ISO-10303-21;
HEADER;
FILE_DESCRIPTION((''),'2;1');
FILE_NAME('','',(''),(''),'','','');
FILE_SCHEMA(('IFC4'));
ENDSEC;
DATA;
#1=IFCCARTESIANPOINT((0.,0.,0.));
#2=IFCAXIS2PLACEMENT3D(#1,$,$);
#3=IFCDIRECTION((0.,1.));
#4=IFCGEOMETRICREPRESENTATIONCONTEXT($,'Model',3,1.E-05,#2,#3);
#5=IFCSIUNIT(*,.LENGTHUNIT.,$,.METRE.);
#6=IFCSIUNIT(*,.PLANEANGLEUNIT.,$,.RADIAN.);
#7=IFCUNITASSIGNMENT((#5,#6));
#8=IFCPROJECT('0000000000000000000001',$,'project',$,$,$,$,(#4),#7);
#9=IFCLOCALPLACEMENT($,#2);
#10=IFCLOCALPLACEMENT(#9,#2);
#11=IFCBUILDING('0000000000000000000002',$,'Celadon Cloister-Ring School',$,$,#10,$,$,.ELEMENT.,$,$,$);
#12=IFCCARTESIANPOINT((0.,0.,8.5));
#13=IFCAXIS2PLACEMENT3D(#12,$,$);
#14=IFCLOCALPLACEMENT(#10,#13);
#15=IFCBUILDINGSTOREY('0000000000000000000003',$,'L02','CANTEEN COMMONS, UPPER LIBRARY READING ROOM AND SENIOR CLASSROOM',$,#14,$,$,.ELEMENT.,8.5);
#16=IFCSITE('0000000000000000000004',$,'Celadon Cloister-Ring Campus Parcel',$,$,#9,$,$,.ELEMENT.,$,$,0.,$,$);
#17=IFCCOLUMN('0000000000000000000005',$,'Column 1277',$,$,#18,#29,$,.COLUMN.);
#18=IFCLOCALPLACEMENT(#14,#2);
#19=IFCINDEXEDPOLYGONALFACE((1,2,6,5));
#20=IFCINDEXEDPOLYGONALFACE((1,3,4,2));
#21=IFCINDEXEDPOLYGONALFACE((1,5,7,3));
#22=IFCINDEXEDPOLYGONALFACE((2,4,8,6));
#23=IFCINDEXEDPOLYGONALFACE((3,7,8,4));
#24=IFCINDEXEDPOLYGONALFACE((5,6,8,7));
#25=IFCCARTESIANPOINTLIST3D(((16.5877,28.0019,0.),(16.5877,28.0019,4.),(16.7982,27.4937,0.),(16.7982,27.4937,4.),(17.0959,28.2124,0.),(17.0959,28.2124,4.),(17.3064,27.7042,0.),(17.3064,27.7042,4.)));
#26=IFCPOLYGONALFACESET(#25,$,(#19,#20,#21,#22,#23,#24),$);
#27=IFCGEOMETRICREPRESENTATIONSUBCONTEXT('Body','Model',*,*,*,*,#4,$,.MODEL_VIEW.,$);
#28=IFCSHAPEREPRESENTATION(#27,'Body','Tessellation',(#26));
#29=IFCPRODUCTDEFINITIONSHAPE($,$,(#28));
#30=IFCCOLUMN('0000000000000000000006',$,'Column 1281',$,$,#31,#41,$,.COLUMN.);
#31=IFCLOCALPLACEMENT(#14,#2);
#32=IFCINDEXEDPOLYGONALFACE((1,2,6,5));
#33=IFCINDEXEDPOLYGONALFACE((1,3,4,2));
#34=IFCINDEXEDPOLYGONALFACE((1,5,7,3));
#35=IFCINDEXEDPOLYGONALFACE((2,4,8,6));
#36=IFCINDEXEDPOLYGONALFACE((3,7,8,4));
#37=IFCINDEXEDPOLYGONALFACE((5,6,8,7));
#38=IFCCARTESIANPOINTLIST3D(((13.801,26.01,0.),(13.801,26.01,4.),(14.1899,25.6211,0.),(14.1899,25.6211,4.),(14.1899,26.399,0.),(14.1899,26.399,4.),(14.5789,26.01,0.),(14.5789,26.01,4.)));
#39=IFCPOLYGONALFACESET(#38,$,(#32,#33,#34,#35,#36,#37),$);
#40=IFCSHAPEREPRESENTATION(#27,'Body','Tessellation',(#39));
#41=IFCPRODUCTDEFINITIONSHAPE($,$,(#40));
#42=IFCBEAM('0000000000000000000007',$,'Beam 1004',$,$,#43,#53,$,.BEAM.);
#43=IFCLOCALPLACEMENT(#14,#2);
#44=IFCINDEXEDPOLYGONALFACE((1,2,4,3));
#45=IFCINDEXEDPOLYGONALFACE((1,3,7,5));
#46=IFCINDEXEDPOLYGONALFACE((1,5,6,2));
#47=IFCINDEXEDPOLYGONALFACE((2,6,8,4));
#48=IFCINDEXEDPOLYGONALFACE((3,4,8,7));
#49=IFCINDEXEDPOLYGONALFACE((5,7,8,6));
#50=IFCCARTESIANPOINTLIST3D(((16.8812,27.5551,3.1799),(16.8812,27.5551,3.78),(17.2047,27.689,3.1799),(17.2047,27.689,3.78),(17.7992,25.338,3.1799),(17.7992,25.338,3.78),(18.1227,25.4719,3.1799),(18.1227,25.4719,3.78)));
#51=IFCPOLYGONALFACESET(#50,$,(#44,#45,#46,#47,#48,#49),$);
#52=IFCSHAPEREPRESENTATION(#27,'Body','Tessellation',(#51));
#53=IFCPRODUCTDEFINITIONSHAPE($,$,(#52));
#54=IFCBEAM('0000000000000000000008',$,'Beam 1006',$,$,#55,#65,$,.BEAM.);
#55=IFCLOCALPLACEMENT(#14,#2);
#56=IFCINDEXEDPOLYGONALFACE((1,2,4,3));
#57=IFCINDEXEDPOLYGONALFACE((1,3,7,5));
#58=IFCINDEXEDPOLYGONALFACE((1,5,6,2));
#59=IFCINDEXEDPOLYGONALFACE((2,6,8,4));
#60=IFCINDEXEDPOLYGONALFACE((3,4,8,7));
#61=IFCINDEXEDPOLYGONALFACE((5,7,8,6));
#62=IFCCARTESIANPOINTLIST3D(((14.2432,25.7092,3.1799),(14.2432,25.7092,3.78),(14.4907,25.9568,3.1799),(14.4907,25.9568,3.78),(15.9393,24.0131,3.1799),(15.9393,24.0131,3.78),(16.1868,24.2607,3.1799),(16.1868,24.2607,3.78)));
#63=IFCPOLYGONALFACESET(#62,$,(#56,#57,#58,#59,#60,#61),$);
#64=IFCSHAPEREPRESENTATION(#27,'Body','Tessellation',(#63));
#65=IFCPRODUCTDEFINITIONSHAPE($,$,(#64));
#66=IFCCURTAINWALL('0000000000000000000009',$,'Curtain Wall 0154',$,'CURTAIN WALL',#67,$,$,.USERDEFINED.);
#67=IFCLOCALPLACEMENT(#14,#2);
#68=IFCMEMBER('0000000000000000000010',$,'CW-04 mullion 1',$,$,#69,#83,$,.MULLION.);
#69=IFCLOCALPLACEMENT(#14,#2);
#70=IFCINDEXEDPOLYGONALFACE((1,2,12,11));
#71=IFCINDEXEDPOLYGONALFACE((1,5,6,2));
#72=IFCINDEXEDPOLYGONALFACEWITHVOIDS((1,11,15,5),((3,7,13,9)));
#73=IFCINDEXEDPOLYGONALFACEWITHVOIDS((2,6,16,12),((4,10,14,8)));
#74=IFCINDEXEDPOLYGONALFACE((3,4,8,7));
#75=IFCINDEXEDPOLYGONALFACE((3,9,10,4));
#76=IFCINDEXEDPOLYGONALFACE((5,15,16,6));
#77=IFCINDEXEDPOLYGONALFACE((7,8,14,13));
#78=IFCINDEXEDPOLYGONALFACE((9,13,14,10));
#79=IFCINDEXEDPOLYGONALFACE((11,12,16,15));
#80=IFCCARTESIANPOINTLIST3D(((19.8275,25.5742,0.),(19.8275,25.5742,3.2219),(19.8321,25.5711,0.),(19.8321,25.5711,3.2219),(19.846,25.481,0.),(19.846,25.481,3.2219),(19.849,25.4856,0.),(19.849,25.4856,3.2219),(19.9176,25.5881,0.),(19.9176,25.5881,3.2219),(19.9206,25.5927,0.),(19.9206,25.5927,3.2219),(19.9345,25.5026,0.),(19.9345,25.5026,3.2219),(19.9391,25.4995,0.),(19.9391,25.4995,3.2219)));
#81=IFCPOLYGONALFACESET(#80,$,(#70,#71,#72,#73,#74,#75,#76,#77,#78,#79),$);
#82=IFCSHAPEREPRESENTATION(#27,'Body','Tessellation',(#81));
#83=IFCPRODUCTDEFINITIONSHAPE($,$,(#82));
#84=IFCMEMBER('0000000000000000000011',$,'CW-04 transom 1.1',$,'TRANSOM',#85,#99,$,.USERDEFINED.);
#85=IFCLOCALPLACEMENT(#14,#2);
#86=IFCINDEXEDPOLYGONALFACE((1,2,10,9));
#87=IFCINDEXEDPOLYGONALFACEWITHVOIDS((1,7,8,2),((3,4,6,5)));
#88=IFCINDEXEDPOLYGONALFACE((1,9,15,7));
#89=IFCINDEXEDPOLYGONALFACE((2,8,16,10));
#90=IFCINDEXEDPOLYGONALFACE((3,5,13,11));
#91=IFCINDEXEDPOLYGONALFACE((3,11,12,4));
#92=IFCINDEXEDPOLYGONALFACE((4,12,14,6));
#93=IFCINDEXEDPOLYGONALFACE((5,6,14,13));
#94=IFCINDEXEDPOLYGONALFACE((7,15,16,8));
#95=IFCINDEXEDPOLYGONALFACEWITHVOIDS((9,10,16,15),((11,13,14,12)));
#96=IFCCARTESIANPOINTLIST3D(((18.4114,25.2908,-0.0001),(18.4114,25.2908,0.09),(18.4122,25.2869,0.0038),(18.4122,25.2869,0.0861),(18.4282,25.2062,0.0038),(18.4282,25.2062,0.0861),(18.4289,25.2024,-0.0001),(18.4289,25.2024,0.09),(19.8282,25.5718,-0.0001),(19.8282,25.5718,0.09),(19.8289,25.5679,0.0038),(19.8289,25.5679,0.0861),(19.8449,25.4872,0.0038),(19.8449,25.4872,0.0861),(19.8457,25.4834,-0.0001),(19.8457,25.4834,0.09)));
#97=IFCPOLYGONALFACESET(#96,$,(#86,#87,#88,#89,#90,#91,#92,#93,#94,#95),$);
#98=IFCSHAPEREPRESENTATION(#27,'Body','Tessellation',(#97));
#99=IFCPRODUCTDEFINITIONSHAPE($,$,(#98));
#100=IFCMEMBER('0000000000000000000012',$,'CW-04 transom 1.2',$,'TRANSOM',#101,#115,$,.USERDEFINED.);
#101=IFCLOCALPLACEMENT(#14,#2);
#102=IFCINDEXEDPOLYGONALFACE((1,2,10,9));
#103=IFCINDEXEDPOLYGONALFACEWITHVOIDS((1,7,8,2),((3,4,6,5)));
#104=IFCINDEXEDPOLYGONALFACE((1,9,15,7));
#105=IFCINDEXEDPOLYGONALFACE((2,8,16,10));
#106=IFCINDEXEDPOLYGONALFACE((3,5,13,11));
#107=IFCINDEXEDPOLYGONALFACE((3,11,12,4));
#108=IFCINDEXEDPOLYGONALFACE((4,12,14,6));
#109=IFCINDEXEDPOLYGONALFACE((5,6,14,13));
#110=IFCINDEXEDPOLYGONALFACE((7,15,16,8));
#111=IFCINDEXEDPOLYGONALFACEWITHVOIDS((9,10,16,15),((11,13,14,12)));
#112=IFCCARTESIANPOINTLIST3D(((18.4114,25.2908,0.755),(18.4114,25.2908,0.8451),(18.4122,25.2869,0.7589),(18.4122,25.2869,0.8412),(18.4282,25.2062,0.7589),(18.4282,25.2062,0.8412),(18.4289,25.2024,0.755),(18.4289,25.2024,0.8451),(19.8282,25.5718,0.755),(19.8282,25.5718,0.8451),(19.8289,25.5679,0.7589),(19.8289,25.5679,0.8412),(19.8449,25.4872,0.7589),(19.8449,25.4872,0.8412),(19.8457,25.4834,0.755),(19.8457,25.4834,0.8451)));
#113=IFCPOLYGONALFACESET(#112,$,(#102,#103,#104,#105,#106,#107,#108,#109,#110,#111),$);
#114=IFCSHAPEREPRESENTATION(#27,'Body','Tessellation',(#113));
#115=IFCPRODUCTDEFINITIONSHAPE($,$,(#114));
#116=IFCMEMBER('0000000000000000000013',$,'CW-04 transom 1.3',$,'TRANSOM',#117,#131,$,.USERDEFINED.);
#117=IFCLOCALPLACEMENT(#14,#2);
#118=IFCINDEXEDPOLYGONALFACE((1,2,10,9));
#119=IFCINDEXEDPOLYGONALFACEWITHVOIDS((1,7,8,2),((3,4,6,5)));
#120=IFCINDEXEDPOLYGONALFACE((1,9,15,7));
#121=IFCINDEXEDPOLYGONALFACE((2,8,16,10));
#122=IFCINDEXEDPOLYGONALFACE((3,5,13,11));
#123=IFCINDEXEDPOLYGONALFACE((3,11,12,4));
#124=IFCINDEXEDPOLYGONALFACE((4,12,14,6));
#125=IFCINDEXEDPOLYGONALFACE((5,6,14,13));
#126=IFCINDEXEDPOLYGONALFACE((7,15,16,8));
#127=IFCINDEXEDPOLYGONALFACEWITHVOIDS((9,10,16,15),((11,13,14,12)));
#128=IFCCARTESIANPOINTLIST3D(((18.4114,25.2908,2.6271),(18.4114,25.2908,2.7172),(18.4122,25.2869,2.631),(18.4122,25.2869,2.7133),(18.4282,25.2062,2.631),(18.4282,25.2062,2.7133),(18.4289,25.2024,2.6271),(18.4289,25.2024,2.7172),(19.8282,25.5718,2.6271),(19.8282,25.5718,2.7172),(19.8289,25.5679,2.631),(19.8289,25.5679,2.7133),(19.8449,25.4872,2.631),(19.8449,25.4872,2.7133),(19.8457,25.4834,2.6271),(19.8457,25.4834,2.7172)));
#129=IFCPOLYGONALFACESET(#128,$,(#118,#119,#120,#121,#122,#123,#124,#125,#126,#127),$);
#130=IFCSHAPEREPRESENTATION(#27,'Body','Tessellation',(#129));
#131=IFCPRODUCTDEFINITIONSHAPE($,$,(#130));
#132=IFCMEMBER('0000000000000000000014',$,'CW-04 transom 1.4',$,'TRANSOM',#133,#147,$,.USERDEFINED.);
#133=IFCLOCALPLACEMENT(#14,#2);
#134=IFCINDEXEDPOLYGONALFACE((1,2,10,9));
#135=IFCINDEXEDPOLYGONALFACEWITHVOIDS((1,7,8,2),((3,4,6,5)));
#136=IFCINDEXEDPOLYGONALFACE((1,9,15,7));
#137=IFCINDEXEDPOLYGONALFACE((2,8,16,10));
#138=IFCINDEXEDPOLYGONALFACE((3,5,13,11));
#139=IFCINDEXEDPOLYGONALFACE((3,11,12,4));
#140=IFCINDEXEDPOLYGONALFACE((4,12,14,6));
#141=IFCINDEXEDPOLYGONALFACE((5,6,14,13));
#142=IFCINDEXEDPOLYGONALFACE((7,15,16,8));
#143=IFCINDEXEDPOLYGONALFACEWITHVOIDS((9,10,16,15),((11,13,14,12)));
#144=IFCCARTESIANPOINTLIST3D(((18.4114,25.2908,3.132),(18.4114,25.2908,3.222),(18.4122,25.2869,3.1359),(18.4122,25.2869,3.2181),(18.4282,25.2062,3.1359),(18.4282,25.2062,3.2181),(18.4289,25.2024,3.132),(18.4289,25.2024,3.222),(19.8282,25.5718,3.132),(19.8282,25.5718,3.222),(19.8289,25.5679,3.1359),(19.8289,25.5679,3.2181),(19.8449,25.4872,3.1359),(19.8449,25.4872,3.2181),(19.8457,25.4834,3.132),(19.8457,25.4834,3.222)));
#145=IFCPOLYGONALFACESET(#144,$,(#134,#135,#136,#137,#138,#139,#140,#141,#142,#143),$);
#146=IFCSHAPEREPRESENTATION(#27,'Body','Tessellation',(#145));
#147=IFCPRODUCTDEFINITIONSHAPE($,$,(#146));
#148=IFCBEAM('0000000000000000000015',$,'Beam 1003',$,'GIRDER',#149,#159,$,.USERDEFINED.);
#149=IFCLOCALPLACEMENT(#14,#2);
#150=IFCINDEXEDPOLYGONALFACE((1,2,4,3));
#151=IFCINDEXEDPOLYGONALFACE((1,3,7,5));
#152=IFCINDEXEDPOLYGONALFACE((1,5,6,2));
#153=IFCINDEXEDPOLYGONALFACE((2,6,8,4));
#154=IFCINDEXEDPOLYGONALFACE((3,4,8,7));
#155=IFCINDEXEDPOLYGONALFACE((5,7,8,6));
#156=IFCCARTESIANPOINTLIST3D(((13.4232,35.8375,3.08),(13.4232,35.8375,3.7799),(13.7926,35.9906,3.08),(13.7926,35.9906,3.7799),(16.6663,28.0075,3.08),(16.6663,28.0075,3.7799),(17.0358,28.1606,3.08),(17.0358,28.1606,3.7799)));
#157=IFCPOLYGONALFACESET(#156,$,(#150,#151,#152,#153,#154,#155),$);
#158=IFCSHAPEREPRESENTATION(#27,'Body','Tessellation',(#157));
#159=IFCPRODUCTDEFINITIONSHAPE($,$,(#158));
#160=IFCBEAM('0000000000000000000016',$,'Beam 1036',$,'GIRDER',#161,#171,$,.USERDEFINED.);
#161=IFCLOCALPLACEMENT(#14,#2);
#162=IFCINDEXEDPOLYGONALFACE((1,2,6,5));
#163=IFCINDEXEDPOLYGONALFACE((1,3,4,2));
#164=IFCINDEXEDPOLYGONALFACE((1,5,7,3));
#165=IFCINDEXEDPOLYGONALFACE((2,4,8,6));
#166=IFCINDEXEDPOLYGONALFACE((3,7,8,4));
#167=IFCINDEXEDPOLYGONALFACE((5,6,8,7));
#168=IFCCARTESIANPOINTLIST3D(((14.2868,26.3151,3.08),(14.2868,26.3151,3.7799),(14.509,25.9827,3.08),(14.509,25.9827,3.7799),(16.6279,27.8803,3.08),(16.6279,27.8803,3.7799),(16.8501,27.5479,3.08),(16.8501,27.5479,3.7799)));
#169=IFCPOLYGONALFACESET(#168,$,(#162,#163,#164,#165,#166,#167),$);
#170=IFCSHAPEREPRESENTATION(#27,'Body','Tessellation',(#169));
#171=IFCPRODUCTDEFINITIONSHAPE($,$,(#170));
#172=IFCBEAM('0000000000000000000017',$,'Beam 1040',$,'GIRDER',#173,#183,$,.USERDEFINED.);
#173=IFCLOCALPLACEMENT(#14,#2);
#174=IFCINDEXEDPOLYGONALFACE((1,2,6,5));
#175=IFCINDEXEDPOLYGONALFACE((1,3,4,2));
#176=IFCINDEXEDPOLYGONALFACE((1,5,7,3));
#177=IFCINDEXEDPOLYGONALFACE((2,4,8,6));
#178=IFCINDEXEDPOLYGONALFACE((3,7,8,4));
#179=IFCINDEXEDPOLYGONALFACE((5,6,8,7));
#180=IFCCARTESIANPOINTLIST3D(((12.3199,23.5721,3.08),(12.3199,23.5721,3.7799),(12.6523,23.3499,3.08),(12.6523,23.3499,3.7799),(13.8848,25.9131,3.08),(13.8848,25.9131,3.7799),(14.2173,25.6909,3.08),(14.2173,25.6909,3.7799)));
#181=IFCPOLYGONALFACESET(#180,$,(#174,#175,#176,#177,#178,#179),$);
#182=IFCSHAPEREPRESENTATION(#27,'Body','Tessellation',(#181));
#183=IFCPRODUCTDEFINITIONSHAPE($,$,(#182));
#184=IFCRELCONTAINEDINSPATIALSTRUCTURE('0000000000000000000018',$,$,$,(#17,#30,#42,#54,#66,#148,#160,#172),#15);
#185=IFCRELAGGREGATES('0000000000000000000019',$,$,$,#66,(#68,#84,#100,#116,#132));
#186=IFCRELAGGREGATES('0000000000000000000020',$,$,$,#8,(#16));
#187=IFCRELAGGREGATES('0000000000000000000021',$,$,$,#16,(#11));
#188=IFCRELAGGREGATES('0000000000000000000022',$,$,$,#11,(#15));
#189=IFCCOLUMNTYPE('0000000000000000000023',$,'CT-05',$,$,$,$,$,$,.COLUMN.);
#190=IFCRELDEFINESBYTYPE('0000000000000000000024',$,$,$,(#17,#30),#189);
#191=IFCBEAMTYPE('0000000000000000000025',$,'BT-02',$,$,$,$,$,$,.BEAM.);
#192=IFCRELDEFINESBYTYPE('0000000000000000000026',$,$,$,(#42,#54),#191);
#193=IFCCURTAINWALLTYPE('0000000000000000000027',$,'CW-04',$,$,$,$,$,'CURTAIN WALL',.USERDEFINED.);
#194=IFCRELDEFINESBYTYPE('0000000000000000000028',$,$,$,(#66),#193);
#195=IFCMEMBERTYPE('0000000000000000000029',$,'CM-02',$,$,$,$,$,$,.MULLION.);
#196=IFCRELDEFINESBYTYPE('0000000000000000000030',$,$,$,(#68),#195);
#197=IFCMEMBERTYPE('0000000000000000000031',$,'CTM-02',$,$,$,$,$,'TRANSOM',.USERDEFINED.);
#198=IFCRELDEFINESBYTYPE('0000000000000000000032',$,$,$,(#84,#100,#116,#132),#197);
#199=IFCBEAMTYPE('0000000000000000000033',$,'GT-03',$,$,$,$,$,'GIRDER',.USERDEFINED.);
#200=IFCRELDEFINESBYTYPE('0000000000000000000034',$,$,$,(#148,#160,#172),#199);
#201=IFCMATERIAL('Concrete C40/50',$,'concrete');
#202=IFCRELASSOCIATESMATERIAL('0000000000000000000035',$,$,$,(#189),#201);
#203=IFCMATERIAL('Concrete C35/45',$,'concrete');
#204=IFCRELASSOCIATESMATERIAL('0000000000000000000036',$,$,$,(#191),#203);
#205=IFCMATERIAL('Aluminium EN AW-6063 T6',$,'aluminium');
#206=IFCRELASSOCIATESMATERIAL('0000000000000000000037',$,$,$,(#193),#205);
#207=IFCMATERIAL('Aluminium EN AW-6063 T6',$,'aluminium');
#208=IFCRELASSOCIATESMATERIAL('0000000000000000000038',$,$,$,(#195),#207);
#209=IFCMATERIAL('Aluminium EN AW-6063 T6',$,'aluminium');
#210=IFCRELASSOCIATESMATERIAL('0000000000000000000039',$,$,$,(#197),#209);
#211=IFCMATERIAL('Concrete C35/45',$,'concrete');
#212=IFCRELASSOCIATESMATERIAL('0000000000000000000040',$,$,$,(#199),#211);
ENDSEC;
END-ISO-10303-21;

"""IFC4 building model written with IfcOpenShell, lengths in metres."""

from ifc_helpers import new_model, si_unit, direction, frame, origin, origin_2d, place, context, subcontext, project, spatial, rectangle, hollow_rectangle, extrude, material, material_profile, profile_set, type_object, element, aggregate, save


model = new_model("IFC4")

# Units and contexts
model_context = context("Model", 3, precision=1e-05, world=origin(), true_north=direction((0.0, 1.0)))
body_context = subcontext(model_context, "Body", "Model", "MODEL_VIEW")
ifc_project = project(units=[si_unit("LENGTHUNIT", "METRE"), si_unit("PLANEANGLEUNIT", "RADIAN")], contexts=[model_context])

# Site, building, storey
site_placement = place(None, origin())
site = spatial("IfcSite", under=ifc_project, at=site_placement, Name="Celadon Cloister-Ring Campus Parcel", CompositionType="ELEMENT", RefElevation=0.0)
building_placement = place(site_placement, origin())
building = spatial("IfcBuilding", under=site, at=building_placement, Name="Celadon Cloister-Ring School", CompositionType="ELEMENT")
storey_placement = place(building_placement, frame((0.0, 0.0, 8.5)))
storey = spatial("IfcBuildingStorey", under=building, at=storey_placement, Name="L02", Description="CANTEEN COMMONS, UPPER LIBRARY READING ROOM AND SENIOR CLASSROOM", CompositionType="ELEMENT", Elevation=8.5)

# Columns
ifc_material_1 = material(Name="Concrete C40/50", Category="concrete")
ifc_material_profile_1 = material_profile(ifc_material_1, rectangle(XDim=0.55, YDim=0.55, at=origin_2d()), Name="RC550X550")
ifc_profile_set_1 = profile_set([ifc_material_profile_1], Name="Concrete C40/50")
column_type = type_object("IfcColumnType", Name="CT-05", PredefinedType="COLUMN", material=ifc_profile_set_1)
for number, where, z_axis, x_axis, name in (
    (1, (16.947, 27.853, 0.0), (0.0, 0.0, 1.0), (-0.382683, 0.92388, 0.0), "Column 1277"),
    (2, (14.1899, 26.01, 0.0), (0.0, 0.0, 1.0), (-0.707107, 0.707107, 0.0), "Column 1281"),
):
    element("IfcColumn", number, at=place(storey_placement, frame(where, z_axis=z_axis, x_axis=x_axis)), inside=storey, type_object=column_type, Name=name, PredefinedType="COLUMN", context=body_context, shape_type="SweptSolid", body=[
        extrude(rectangle(XDim=0.55, YDim=0.55, at=origin_2d()), origin(), (0.0, 0.0, 1.0), 4.0),
    ])

# Beams
ifc_material_2 = material(Name="Concrete C35/45", Category="concrete")
ifc_material_profile_2 = material_profile(ifc_material_2, rectangle(XDim=0.3501, YDim=0.6001, at=origin_2d()), Name="RC350X600")
ifc_profile_set_2 = profile_set([ifc_material_profile_2], Name="Concrete C35/45")
beam_type_1 = type_object("IfcBeamType", Name="BT-02", PredefinedType="BEAM", material=ifc_profile_set_2)
beam_1_placement = place(storey_placement, frame((17.043, 27.6221, 3.48), z_axis=(0.382555, -0.923933, 0.0), x_axis=(0.923933, 0.382555, 0.0)))
element("IfcBeam", 3, at=beam_1_placement, inside=storey, type_object=beam_type_1, Name="Beam 1004", PredefinedType="BEAM", context=body_context, shape_type="SweptSolid", body=[
    extrude(rectangle(XDim=0.3501, YDim=0.6001, at=origin_2d()), origin(), (0.0, 0.0, 1.0), 2.3997),
])
beam_2_placement = place(storey_placement, frame((14.3669, 25.833, 3.48), z_axis=(0.707107, -0.707107, 0.0), x_axis=(0.707107, 0.707107, 0.0)))
element("IfcBeam", 4, at=beam_2_placement, inside=storey, type_object=beam_type_1, Name="Beam 1006", PredefinedType="BEAM", context=body_context, shape_type="SweptSolid", body=[
    extrude(rectangle(XDim=0.3501, YDim=0.6001, at=origin_2d()), origin(), (0.0, 0.0, 1.0), 2.3987),
])

# Curtain wall, members
ifc_material_3 = material(Name="Aluminium EN AW-6063 T6", Category="aluminium")
curtain_wall_type = type_object("IfcCurtainWallType", Name="CW-04", ElementType="CURTAIN WALL", PredefinedType="USERDEFINED", material=ifc_material_3)
curtain_wall_placement = place(storey_placement, origin())
curtain_wall = element("IfcCurtainWall", 5, at=curtain_wall_placement, inside=storey, type_object=curtain_wall_type, Name="Curtain Wall 0154", ObjectType="CURTAIN WALL", PredefinedType="USERDEFINED")
ifc_material_4 = material(Name="Aluminium EN AW-6063 T6", Category="aluminium")
ifc_material_profile_3 = material_profile(ifc_material_4, hollow_rectangle(XDim=0.095, YDim=0.095, WallThickness=0.0039, at=origin_2d()), Name="RHS95X95X4")
ifc_profile_set_3 = profile_set([ifc_material_profile_3], Name="Aluminium EN AW-6063 T6")
member_type_1 = type_object("IfcMemberType", Name="CM-02", PredefinedType="MULLION", material=ifc_profile_set_3)
member_1_placement = place(storey_placement, frame((19.8833, 25.5369, 0.0), z_axis=(0.0, 0.0, 1.0), x_axis=(0.194586, -0.980885, 0.0)))
member_1 = element("IfcMember", 6, at=member_1_placement, type_object=member_type_1, Name="CW-04 mullion 1", PredefinedType="MULLION", context=body_context, shape_type="SweptSolid", body=[
    extrude(hollow_rectangle(XDim=0.095, YDim=0.095, WallThickness=0.0039, at=origin_2d()), origin(), (0.0, 0.0, 1.0), 3.2219),
])
ifc_material_5 = material(Name="Aluminium EN AW-6063 T6", Category="aluminium")
ifc_material_profile_4 = material_profile(ifc_material_5, hollow_rectangle(XDim=0.0901, YDim=0.0901, WallThickness=0.0039, at=origin_2d()), Name="RHS90X90X4")
ifc_profile_set_4 = profile_set([ifc_material_profile_4], Name="Aluminium EN AW-6063 T6")
member_type_2 = type_object("IfcMemberType", Name="CTM-02", ElementType="TRANSOM", PredefinedType="USERDEFINED", material=ifc_profile_set_4)
member_2_placement = place(storey_placement, frame((19.8369, 25.5276, 0.0449), z_axis=(-0.980891, -0.194556, 0.0), x_axis=(0.194556, -0.980891, 0.0)))
member_2 = element("IfcMember", 7, at=member_2_placement, type_object=member_type_2, Name="CW-04 transom 1.1", ObjectType="TRANSOM", PredefinedType="USERDEFINED", context=body_context, shape_type="SweptSolid", body=[
    extrude(hollow_rectangle(XDim=0.0901, YDim=0.0901, WallThickness=0.0039, at=origin_2d()), origin(), (0.0, 0.0, 1.0), 1.4443),
])
member_3_placement = place(storey_placement, frame((19.8369, 25.5276, 0.8), z_axis=(-0.980891, -0.194556, 0.0), x_axis=(0.194556, -0.980891, 0.0)))
member_3 = element("IfcMember", 8, at=member_3_placement, type_object=member_type_2, Name="CW-04 transom 1.2", ObjectType="TRANSOM", PredefinedType="USERDEFINED", context=body_context, shape_type="SweptSolid", body=[
    extrude(hollow_rectangle(XDim=0.0901, YDim=0.0901, WallThickness=0.0039, at=origin_2d()), origin(), (0.0, 0.0, 1.0), 1.4443),
])
member_4_placement = place(storey_placement, frame((19.8369, 25.5276, 2.6721), z_axis=(-0.980891, -0.194556, 0.0), x_axis=(0.194556, -0.980891, 0.0)))
member_4 = element("IfcMember", 9, at=member_4_placement, type_object=member_type_2, Name="CW-04 transom 1.3", ObjectType="TRANSOM", PredefinedType="USERDEFINED", context=body_context, shape_type="SweptSolid", body=[
    extrude(hollow_rectangle(XDim=0.0901, YDim=0.0901, WallThickness=0.0039, at=origin_2d()), origin(), (0.0, 0.0, 1.0), 1.4443),
])
member_5_placement = place(storey_placement, frame((19.8369, 25.5276, 3.177), z_axis=(-0.980891, -0.194556, 0.0), x_axis=(0.194556, -0.980891, 0.0)))
member_5 = element("IfcMember", 10, at=member_5_placement, type_object=member_type_2, Name="CW-04 transom 1.4", ObjectType="TRANSOM", PredefinedType="USERDEFINED", context=body_context, shape_type="SweptSolid", body=[
    extrude(hollow_rectangle(XDim=0.0901, YDim=0.0901, WallThickness=0.0039, at=origin_2d()), origin(), (0.0, 0.0, 1.0), 1.4443),
])

# Beams
ifc_material_6 = material(Name="Concrete C35/45", Category="concrete")
ifc_material_profile_5 = material_profile(ifc_material_6, rectangle(XDim=0.3999, YDim=0.7, at=origin_2d()), Name="RC400X700")
ifc_profile_set_5 = profile_set([ifc_material_profile_5], Name="Concrete C35/45")
beam_type_2 = type_object("IfcBeamType", Name="GT-03", ElementType="GIRDER", PredefinedType="USERDEFINED", material=ifc_profile_set_5)
beam_3_placement = place(storey_placement, frame((13.6079, 35.9141, 3.4299), z_axis=(0.382667, -0.923886, 0.0), x_axis=(0.923886, 0.382667, 0.0)))
element("IfcBeam", 11, at=beam_3_placement, inside=storey, type_object=beam_type_2, Name="Beam 1003", ObjectType="GIRDER", PredefinedType="USERDEFINED", context=body_context, shape_type="SweptSolid", body=[
    extrude(rectangle(XDim=0.3999, YDim=0.7, at=origin_2d()), origin(), (0.0, 0.0, 1.0), 8.4751),
])
beam_4_placement = place(storey_placement, frame((16.739, 27.7141, 3.4299), z_axis=(-0.831316, -0.5558, 0.0), x_axis=(0.5558, -0.831316, 0.0)))
element("IfcBeam", 12, at=beam_4_placement, inside=storey, type_object=beam_type_2, Name="Beam 1036", ObjectType="GIRDER", PredefinedType="USERDEFINED", context=body_context, shape_type="SweptSolid", body=[
    extrude(rectangle(XDim=0.3999, YDim=0.7, at=origin_2d()), origin(), (0.0, 0.0, 1.0), 2.8162),
])
beam_5_placement = place(storey_placement, frame((14.051, 25.802, 3.4299), z_axis=(-0.55574, -0.831356, 0.0), x_axis=(0.831356, -0.55574, 0.0)))
element("IfcBeam", 13, at=beam_5_placement, inside=storey, type_object=beam_type_2, Name="Beam 1040", ObjectType="GIRDER", PredefinedType="USERDEFINED", context=body_context, shape_type="SweptSolid", body=[
    extrude(rectangle(XDim=0.3999, YDim=0.7, at=origin_2d()), origin(), (0.0, 0.0, 1.0), 2.8159),
])

aggregate(curtain_wall, [member_1, member_2, member_3, member_4, member_5])

save(model, "model.ifc")
